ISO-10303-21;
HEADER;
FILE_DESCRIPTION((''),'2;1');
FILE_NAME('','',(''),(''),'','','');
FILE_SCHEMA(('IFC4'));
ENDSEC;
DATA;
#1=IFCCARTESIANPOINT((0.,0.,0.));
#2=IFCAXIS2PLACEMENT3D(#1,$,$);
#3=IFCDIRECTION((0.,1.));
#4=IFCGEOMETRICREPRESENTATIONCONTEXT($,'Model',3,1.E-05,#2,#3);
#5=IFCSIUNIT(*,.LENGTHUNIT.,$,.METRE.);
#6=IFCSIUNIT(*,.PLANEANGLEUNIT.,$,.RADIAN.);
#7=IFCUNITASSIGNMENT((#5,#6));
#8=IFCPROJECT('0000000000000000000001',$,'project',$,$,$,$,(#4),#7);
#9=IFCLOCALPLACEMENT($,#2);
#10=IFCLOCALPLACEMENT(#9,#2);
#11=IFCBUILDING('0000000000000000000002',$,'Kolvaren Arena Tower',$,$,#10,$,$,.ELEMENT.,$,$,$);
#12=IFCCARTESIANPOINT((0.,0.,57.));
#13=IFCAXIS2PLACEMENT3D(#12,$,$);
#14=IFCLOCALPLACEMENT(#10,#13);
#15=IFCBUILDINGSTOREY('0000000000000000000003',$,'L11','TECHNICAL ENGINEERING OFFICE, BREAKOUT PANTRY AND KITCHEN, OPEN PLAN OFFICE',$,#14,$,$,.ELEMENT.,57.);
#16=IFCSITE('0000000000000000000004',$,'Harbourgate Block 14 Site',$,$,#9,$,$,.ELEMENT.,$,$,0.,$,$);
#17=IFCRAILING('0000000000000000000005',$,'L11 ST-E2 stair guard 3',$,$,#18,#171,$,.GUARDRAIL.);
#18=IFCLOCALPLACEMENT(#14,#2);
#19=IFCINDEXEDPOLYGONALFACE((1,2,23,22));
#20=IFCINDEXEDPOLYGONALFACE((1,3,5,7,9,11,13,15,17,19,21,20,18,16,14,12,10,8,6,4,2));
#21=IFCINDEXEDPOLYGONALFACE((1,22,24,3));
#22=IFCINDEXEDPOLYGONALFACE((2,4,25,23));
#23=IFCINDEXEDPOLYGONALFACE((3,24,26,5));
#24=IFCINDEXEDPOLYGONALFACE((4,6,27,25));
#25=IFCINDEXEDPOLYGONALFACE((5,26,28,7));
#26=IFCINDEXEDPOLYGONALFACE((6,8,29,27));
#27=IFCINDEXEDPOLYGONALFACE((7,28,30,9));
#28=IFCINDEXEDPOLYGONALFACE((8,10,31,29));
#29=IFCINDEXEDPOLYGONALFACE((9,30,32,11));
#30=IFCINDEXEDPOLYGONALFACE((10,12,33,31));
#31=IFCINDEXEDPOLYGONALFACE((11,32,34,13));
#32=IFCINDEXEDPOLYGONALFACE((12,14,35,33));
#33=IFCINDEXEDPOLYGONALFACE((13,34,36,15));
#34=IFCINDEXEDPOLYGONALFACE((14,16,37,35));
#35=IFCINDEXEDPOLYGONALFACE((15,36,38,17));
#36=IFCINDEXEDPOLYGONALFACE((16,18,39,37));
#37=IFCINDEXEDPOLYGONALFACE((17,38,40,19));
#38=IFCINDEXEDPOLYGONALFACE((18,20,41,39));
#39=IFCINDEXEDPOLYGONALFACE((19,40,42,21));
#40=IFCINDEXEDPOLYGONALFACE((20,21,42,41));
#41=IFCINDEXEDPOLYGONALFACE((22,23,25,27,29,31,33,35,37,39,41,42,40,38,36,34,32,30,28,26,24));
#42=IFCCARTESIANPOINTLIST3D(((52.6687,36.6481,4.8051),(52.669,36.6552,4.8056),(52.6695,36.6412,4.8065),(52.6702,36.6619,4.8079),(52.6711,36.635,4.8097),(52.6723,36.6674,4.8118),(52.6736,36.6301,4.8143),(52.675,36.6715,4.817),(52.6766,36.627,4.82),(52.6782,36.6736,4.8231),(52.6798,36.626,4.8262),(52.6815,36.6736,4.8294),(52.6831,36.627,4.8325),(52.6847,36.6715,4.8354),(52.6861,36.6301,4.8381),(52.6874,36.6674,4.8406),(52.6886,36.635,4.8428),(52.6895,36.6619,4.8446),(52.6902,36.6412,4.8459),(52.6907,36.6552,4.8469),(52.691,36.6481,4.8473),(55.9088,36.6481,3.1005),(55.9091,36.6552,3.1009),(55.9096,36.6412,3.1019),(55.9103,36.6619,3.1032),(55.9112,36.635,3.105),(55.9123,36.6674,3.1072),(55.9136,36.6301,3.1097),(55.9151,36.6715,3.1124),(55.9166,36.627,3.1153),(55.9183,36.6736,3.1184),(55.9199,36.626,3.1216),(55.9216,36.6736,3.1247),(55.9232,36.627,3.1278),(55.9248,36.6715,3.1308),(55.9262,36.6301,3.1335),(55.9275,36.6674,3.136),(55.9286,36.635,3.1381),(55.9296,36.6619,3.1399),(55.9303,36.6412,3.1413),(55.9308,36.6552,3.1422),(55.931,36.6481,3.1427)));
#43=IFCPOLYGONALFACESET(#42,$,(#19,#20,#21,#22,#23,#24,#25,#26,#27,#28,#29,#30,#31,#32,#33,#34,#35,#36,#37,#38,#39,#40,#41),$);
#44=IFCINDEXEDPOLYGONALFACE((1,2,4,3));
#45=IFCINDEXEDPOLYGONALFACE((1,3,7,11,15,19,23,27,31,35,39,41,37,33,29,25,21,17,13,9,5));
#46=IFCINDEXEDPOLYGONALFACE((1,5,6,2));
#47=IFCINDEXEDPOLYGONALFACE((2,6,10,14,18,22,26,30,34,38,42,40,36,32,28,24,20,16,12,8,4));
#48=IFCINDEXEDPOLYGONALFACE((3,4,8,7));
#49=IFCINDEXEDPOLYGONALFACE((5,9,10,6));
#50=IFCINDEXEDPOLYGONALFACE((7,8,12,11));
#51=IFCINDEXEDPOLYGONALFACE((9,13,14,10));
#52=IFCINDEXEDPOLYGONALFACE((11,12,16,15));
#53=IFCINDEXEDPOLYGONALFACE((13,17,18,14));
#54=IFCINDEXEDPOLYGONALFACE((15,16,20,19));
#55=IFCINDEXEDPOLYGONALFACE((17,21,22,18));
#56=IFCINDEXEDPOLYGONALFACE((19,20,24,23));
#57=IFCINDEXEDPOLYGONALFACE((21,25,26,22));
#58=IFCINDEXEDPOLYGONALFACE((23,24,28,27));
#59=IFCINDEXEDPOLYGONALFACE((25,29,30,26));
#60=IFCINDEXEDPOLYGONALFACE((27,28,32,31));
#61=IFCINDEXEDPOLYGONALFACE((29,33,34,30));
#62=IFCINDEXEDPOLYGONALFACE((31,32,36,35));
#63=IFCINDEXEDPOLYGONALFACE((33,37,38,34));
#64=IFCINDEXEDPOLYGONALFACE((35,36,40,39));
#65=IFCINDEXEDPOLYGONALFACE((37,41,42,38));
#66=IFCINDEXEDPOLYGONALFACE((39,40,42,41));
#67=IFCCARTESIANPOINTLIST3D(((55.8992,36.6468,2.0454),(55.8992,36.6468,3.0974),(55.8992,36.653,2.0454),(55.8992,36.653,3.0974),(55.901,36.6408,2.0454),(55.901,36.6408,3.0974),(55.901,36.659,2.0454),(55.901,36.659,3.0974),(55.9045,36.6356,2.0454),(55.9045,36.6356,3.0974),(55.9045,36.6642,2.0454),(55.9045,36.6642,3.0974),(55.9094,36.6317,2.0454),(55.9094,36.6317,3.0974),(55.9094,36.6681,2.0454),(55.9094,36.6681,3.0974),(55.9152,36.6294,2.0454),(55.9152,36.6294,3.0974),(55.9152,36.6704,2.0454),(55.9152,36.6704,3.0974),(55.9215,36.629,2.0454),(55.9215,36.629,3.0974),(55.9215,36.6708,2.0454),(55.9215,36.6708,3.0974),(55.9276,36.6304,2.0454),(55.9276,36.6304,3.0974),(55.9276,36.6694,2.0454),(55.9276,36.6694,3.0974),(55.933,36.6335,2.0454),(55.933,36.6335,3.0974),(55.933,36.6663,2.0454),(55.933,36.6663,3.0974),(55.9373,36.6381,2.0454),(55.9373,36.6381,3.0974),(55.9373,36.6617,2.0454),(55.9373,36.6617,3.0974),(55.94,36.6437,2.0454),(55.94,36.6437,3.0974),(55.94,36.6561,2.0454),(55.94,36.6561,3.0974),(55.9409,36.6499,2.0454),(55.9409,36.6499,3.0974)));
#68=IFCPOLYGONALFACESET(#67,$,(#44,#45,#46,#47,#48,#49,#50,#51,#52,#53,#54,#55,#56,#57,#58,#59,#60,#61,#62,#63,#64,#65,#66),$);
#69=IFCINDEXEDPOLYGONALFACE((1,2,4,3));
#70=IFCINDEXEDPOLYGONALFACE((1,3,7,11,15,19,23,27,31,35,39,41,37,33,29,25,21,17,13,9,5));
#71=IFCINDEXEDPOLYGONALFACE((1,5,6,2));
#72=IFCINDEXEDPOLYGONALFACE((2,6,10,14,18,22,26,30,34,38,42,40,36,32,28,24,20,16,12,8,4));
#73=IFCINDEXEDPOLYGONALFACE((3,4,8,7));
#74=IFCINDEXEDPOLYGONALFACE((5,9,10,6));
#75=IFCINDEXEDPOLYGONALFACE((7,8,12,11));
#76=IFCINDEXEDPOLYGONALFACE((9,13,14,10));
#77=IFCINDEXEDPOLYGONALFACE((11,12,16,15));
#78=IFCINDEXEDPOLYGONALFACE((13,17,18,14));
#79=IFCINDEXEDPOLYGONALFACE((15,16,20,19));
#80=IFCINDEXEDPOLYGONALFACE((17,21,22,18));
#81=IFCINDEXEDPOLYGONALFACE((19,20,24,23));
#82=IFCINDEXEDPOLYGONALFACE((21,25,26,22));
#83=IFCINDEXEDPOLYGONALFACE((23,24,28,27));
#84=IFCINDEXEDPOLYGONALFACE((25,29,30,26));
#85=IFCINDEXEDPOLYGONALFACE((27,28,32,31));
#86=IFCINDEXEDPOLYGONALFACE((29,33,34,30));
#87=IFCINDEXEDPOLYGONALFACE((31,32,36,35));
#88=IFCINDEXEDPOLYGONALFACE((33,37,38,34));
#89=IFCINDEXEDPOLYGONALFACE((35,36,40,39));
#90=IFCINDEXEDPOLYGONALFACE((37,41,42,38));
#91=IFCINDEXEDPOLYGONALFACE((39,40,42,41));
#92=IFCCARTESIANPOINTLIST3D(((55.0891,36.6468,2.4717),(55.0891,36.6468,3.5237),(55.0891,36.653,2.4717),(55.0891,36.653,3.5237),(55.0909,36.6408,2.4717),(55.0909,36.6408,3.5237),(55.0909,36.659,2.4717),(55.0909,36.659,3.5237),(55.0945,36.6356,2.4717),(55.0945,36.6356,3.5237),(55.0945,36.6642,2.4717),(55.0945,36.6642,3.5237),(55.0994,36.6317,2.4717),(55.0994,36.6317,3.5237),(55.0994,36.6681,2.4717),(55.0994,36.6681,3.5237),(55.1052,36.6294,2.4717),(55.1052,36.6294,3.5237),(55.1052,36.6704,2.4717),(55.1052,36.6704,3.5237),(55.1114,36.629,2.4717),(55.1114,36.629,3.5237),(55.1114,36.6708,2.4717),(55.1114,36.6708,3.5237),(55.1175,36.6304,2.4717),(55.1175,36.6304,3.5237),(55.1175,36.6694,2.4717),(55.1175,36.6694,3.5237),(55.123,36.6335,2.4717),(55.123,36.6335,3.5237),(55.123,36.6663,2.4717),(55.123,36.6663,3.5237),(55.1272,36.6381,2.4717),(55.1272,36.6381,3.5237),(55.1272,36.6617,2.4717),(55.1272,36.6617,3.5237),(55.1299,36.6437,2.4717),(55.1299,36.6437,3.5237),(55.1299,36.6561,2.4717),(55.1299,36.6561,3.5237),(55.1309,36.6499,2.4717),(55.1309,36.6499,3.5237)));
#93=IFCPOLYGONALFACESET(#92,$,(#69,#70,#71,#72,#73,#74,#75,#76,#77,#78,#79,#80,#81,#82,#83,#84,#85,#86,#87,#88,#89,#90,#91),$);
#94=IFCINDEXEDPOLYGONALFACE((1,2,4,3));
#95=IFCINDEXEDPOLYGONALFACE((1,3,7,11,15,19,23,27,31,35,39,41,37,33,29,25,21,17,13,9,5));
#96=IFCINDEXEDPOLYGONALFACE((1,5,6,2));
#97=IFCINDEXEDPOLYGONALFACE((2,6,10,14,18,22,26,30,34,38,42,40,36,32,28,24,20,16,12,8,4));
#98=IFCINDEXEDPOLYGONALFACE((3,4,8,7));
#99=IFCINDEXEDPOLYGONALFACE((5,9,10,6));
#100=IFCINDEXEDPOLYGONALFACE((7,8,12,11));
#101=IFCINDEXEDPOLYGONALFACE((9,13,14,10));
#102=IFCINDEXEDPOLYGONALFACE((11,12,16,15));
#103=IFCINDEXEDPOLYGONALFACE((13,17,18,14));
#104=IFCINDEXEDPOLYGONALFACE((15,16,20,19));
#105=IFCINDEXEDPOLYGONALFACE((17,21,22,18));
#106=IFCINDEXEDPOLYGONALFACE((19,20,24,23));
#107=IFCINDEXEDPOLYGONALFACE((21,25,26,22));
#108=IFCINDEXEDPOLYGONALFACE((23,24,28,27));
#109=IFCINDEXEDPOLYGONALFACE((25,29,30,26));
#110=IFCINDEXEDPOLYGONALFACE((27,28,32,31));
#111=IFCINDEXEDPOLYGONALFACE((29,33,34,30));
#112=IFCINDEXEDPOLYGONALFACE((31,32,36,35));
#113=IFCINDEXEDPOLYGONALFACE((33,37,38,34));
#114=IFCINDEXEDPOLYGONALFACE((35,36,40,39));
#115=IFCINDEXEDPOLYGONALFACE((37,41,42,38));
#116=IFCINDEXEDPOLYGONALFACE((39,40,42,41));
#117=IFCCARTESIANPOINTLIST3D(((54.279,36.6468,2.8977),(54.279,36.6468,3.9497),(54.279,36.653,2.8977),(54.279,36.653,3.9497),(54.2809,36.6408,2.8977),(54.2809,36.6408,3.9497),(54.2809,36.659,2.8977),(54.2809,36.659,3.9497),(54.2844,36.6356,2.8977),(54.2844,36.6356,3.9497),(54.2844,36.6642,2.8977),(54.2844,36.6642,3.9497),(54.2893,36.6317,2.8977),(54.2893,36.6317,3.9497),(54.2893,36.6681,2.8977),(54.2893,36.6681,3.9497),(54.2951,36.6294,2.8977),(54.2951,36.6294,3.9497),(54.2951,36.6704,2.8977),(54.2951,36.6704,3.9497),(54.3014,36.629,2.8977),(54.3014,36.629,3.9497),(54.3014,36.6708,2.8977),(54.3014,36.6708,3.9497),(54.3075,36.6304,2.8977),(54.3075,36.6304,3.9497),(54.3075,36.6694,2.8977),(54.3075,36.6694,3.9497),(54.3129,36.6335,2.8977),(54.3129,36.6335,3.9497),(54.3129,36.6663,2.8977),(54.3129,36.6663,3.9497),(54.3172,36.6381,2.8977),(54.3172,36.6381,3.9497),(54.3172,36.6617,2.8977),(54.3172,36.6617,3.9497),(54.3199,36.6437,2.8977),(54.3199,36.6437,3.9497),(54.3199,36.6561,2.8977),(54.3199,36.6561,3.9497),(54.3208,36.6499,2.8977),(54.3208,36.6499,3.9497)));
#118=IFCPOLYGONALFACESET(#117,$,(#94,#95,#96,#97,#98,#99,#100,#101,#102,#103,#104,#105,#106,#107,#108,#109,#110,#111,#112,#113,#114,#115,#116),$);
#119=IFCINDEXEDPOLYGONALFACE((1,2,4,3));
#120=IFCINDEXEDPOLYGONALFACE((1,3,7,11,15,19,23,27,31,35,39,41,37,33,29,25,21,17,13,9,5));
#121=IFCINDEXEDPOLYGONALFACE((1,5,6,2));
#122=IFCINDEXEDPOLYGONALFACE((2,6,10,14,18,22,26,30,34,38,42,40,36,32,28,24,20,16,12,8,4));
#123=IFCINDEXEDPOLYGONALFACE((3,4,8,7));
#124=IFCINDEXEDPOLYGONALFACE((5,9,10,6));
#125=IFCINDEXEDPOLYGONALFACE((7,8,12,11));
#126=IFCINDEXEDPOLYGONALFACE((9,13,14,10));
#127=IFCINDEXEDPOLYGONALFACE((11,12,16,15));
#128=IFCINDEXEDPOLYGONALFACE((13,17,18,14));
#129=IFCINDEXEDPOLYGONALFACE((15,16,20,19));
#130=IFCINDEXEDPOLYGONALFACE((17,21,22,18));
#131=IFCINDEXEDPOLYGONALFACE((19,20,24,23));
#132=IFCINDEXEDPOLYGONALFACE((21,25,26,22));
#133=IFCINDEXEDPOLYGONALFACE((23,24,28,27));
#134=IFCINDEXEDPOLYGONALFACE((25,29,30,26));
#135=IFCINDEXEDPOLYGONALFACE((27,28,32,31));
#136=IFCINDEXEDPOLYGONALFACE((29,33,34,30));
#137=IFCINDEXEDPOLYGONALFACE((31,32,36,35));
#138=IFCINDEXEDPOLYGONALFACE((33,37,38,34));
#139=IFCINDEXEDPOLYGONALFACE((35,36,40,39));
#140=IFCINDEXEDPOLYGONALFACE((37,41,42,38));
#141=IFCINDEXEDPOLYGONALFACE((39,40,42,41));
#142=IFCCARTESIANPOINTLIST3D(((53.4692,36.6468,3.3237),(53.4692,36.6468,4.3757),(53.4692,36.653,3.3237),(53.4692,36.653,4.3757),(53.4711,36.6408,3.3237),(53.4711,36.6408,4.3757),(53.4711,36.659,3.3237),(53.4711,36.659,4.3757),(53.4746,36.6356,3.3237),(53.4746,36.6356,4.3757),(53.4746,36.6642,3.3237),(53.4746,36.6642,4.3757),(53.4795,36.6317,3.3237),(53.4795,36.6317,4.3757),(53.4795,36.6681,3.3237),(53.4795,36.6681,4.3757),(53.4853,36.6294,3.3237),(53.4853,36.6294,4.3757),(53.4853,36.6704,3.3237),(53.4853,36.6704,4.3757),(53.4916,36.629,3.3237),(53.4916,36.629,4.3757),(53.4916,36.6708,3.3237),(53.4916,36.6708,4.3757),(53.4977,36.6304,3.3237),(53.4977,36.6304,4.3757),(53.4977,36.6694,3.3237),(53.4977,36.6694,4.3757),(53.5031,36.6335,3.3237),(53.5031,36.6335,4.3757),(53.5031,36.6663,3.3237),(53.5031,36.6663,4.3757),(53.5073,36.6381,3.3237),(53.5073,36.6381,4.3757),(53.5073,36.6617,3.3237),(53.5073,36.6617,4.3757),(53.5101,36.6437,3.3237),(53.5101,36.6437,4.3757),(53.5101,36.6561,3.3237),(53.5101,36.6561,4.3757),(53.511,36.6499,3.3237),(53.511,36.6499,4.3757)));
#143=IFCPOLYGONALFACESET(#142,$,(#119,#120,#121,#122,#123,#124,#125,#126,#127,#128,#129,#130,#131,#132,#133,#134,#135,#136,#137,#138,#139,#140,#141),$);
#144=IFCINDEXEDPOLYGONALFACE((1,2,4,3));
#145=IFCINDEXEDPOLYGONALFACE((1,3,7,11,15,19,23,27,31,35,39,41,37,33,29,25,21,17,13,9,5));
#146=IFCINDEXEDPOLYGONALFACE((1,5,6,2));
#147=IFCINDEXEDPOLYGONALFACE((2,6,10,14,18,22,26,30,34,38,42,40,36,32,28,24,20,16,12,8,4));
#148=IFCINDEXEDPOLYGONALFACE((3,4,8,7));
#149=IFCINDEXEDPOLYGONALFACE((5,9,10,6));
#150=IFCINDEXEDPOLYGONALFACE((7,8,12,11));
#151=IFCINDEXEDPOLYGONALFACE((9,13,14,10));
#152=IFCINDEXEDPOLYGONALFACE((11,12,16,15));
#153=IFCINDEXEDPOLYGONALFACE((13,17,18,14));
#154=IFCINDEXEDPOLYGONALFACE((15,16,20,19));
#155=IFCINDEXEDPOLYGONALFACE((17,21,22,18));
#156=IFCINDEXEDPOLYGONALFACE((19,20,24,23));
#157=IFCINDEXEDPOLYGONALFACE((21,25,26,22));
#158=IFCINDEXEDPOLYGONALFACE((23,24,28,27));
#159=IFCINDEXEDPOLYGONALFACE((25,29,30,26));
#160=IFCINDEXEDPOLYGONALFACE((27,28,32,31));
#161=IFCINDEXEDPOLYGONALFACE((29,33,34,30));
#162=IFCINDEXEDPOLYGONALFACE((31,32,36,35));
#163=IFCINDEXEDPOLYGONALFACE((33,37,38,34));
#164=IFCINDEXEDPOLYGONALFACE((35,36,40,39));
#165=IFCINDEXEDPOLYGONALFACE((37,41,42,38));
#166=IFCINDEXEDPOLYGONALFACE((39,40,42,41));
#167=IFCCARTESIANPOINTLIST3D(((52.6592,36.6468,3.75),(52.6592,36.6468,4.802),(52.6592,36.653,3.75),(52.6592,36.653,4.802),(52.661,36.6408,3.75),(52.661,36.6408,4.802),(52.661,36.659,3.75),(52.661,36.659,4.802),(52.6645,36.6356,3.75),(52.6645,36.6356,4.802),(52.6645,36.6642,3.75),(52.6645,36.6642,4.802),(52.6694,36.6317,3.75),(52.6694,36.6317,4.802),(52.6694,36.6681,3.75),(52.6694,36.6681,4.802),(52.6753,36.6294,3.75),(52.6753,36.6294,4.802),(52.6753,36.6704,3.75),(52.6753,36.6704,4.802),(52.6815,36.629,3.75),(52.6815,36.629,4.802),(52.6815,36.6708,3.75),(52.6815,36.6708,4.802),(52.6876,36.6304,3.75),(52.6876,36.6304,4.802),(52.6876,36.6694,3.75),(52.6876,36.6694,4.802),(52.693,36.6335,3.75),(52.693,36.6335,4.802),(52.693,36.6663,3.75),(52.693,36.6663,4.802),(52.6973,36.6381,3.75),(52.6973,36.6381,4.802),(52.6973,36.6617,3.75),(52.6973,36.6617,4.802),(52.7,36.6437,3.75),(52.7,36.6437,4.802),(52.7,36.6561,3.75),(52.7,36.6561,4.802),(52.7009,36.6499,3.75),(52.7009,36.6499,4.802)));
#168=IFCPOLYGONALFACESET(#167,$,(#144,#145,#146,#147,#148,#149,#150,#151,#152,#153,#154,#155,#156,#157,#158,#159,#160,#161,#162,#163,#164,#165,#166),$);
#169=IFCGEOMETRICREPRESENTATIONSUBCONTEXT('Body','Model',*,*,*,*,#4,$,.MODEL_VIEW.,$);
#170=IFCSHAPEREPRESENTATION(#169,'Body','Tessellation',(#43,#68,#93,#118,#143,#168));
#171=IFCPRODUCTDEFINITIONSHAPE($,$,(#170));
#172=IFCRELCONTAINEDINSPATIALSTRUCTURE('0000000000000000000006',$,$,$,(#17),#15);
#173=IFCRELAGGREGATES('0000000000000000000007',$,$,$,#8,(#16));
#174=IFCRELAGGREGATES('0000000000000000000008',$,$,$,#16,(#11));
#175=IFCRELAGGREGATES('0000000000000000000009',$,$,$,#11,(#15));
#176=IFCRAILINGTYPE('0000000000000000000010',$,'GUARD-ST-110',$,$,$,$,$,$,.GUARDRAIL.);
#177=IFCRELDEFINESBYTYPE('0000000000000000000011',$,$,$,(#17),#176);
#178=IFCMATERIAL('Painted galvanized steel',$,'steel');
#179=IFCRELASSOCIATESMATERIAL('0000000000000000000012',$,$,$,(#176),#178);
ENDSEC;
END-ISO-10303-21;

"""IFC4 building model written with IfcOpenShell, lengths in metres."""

from ifc_helpers import new_model, si_unit, direction, frame, origin, origin_2d, place, context, subcontext, project, spatial, circle, extrude, material, type_object, element, save


model = new_model("IFC4")

# Units and contexts
model_context = context("Model", 3, precision=1e-05, world=origin(), true_north=direction((0.0, 1.0)))
body_context = subcontext(model_context, "Body", "Model", "MODEL_VIEW")
ifc_project = project(units=[si_unit("LENGTHUNIT", "METRE"), si_unit("PLANEANGLEUNIT", "RADIAN")], contexts=[model_context])

# Site, building, storey
site_placement = place(None, origin())
site = spatial("IfcSite", under=ifc_project, at=site_placement, Name="Harbourgate Block 14 Site", CompositionType="ELEMENT", RefElevation=0.0)
building_placement = place(site_placement, origin())
building = spatial("IfcBuilding", under=site, at=building_placement, Name="Kolvaren Arena Tower", CompositionType="ELEMENT")
storey_placement = place(building_placement, frame((0.0, 0.0, 57.0)))
storey = spatial("IfcBuildingStorey", under=building, at=storey_placement, Name="L11", Description="TECHNICAL ENGINEERING OFFICE, BREAKOUT PANTRY AND KITCHEN, OPEN PLAN OFFICE", CompositionType="ELEMENT", Elevation=57.0)

# Railing
ifc_material_1 = material(Name="Painted galvanized steel", Category="steel")
railing_type = type_object("IfcRailingType", Name="GUARD-ST-110", PredefinedType="GUARDRAIL", material=ifc_material_1)
railing_1_placement = place(storey_placement, frame((55.9199, 36.6499, 2.0454)))
element("IfcRailing", 1, at=railing_1_placement, inside=storey, type_object=railing_type, Name="L11 ST-E2 stair guard 3", PredefinedType="GUARDRAIL", context=body_context, shape_type="SweptSolid", body=[
    extrude(circle(Radius=0.0239, at=origin_2d()), frame((0.0, 0.0, 1.0762), z_axis=(-0.884993, 0.0, 0.465604), x_axis=(0.0, -1.0, 0.0)), (0.0, 0.0, 1.0), 3.6611),
    extrude(circle(Radius=0.021, at=origin_2d()), origin(), (0.0, 0.0, 1.0), 1.052),
    extrude(circle(Radius=0.021, at=origin_2d()), frame((-0.8101, 0.0, 0.4263)), (0.0, 0.0, 1.0), 1.052),
    extrude(circle(Radius=0.021, at=origin_2d()), frame((-1.6201, 0.0, 0.8523)), (0.0, 0.0, 1.0), 1.052),
    extrude(circle(Radius=0.021, at=origin_2d()), frame((-2.4299, 0.0, 1.2783)), (0.0, 0.0, 1.0), 1.052),
    extrude(circle(Radius=0.021, at=origin_2d()), frame((-3.24, 0.0, 1.7046)), (0.0, 0.0, 1.0), 1.052),
])

save(model, "model.ifc")
